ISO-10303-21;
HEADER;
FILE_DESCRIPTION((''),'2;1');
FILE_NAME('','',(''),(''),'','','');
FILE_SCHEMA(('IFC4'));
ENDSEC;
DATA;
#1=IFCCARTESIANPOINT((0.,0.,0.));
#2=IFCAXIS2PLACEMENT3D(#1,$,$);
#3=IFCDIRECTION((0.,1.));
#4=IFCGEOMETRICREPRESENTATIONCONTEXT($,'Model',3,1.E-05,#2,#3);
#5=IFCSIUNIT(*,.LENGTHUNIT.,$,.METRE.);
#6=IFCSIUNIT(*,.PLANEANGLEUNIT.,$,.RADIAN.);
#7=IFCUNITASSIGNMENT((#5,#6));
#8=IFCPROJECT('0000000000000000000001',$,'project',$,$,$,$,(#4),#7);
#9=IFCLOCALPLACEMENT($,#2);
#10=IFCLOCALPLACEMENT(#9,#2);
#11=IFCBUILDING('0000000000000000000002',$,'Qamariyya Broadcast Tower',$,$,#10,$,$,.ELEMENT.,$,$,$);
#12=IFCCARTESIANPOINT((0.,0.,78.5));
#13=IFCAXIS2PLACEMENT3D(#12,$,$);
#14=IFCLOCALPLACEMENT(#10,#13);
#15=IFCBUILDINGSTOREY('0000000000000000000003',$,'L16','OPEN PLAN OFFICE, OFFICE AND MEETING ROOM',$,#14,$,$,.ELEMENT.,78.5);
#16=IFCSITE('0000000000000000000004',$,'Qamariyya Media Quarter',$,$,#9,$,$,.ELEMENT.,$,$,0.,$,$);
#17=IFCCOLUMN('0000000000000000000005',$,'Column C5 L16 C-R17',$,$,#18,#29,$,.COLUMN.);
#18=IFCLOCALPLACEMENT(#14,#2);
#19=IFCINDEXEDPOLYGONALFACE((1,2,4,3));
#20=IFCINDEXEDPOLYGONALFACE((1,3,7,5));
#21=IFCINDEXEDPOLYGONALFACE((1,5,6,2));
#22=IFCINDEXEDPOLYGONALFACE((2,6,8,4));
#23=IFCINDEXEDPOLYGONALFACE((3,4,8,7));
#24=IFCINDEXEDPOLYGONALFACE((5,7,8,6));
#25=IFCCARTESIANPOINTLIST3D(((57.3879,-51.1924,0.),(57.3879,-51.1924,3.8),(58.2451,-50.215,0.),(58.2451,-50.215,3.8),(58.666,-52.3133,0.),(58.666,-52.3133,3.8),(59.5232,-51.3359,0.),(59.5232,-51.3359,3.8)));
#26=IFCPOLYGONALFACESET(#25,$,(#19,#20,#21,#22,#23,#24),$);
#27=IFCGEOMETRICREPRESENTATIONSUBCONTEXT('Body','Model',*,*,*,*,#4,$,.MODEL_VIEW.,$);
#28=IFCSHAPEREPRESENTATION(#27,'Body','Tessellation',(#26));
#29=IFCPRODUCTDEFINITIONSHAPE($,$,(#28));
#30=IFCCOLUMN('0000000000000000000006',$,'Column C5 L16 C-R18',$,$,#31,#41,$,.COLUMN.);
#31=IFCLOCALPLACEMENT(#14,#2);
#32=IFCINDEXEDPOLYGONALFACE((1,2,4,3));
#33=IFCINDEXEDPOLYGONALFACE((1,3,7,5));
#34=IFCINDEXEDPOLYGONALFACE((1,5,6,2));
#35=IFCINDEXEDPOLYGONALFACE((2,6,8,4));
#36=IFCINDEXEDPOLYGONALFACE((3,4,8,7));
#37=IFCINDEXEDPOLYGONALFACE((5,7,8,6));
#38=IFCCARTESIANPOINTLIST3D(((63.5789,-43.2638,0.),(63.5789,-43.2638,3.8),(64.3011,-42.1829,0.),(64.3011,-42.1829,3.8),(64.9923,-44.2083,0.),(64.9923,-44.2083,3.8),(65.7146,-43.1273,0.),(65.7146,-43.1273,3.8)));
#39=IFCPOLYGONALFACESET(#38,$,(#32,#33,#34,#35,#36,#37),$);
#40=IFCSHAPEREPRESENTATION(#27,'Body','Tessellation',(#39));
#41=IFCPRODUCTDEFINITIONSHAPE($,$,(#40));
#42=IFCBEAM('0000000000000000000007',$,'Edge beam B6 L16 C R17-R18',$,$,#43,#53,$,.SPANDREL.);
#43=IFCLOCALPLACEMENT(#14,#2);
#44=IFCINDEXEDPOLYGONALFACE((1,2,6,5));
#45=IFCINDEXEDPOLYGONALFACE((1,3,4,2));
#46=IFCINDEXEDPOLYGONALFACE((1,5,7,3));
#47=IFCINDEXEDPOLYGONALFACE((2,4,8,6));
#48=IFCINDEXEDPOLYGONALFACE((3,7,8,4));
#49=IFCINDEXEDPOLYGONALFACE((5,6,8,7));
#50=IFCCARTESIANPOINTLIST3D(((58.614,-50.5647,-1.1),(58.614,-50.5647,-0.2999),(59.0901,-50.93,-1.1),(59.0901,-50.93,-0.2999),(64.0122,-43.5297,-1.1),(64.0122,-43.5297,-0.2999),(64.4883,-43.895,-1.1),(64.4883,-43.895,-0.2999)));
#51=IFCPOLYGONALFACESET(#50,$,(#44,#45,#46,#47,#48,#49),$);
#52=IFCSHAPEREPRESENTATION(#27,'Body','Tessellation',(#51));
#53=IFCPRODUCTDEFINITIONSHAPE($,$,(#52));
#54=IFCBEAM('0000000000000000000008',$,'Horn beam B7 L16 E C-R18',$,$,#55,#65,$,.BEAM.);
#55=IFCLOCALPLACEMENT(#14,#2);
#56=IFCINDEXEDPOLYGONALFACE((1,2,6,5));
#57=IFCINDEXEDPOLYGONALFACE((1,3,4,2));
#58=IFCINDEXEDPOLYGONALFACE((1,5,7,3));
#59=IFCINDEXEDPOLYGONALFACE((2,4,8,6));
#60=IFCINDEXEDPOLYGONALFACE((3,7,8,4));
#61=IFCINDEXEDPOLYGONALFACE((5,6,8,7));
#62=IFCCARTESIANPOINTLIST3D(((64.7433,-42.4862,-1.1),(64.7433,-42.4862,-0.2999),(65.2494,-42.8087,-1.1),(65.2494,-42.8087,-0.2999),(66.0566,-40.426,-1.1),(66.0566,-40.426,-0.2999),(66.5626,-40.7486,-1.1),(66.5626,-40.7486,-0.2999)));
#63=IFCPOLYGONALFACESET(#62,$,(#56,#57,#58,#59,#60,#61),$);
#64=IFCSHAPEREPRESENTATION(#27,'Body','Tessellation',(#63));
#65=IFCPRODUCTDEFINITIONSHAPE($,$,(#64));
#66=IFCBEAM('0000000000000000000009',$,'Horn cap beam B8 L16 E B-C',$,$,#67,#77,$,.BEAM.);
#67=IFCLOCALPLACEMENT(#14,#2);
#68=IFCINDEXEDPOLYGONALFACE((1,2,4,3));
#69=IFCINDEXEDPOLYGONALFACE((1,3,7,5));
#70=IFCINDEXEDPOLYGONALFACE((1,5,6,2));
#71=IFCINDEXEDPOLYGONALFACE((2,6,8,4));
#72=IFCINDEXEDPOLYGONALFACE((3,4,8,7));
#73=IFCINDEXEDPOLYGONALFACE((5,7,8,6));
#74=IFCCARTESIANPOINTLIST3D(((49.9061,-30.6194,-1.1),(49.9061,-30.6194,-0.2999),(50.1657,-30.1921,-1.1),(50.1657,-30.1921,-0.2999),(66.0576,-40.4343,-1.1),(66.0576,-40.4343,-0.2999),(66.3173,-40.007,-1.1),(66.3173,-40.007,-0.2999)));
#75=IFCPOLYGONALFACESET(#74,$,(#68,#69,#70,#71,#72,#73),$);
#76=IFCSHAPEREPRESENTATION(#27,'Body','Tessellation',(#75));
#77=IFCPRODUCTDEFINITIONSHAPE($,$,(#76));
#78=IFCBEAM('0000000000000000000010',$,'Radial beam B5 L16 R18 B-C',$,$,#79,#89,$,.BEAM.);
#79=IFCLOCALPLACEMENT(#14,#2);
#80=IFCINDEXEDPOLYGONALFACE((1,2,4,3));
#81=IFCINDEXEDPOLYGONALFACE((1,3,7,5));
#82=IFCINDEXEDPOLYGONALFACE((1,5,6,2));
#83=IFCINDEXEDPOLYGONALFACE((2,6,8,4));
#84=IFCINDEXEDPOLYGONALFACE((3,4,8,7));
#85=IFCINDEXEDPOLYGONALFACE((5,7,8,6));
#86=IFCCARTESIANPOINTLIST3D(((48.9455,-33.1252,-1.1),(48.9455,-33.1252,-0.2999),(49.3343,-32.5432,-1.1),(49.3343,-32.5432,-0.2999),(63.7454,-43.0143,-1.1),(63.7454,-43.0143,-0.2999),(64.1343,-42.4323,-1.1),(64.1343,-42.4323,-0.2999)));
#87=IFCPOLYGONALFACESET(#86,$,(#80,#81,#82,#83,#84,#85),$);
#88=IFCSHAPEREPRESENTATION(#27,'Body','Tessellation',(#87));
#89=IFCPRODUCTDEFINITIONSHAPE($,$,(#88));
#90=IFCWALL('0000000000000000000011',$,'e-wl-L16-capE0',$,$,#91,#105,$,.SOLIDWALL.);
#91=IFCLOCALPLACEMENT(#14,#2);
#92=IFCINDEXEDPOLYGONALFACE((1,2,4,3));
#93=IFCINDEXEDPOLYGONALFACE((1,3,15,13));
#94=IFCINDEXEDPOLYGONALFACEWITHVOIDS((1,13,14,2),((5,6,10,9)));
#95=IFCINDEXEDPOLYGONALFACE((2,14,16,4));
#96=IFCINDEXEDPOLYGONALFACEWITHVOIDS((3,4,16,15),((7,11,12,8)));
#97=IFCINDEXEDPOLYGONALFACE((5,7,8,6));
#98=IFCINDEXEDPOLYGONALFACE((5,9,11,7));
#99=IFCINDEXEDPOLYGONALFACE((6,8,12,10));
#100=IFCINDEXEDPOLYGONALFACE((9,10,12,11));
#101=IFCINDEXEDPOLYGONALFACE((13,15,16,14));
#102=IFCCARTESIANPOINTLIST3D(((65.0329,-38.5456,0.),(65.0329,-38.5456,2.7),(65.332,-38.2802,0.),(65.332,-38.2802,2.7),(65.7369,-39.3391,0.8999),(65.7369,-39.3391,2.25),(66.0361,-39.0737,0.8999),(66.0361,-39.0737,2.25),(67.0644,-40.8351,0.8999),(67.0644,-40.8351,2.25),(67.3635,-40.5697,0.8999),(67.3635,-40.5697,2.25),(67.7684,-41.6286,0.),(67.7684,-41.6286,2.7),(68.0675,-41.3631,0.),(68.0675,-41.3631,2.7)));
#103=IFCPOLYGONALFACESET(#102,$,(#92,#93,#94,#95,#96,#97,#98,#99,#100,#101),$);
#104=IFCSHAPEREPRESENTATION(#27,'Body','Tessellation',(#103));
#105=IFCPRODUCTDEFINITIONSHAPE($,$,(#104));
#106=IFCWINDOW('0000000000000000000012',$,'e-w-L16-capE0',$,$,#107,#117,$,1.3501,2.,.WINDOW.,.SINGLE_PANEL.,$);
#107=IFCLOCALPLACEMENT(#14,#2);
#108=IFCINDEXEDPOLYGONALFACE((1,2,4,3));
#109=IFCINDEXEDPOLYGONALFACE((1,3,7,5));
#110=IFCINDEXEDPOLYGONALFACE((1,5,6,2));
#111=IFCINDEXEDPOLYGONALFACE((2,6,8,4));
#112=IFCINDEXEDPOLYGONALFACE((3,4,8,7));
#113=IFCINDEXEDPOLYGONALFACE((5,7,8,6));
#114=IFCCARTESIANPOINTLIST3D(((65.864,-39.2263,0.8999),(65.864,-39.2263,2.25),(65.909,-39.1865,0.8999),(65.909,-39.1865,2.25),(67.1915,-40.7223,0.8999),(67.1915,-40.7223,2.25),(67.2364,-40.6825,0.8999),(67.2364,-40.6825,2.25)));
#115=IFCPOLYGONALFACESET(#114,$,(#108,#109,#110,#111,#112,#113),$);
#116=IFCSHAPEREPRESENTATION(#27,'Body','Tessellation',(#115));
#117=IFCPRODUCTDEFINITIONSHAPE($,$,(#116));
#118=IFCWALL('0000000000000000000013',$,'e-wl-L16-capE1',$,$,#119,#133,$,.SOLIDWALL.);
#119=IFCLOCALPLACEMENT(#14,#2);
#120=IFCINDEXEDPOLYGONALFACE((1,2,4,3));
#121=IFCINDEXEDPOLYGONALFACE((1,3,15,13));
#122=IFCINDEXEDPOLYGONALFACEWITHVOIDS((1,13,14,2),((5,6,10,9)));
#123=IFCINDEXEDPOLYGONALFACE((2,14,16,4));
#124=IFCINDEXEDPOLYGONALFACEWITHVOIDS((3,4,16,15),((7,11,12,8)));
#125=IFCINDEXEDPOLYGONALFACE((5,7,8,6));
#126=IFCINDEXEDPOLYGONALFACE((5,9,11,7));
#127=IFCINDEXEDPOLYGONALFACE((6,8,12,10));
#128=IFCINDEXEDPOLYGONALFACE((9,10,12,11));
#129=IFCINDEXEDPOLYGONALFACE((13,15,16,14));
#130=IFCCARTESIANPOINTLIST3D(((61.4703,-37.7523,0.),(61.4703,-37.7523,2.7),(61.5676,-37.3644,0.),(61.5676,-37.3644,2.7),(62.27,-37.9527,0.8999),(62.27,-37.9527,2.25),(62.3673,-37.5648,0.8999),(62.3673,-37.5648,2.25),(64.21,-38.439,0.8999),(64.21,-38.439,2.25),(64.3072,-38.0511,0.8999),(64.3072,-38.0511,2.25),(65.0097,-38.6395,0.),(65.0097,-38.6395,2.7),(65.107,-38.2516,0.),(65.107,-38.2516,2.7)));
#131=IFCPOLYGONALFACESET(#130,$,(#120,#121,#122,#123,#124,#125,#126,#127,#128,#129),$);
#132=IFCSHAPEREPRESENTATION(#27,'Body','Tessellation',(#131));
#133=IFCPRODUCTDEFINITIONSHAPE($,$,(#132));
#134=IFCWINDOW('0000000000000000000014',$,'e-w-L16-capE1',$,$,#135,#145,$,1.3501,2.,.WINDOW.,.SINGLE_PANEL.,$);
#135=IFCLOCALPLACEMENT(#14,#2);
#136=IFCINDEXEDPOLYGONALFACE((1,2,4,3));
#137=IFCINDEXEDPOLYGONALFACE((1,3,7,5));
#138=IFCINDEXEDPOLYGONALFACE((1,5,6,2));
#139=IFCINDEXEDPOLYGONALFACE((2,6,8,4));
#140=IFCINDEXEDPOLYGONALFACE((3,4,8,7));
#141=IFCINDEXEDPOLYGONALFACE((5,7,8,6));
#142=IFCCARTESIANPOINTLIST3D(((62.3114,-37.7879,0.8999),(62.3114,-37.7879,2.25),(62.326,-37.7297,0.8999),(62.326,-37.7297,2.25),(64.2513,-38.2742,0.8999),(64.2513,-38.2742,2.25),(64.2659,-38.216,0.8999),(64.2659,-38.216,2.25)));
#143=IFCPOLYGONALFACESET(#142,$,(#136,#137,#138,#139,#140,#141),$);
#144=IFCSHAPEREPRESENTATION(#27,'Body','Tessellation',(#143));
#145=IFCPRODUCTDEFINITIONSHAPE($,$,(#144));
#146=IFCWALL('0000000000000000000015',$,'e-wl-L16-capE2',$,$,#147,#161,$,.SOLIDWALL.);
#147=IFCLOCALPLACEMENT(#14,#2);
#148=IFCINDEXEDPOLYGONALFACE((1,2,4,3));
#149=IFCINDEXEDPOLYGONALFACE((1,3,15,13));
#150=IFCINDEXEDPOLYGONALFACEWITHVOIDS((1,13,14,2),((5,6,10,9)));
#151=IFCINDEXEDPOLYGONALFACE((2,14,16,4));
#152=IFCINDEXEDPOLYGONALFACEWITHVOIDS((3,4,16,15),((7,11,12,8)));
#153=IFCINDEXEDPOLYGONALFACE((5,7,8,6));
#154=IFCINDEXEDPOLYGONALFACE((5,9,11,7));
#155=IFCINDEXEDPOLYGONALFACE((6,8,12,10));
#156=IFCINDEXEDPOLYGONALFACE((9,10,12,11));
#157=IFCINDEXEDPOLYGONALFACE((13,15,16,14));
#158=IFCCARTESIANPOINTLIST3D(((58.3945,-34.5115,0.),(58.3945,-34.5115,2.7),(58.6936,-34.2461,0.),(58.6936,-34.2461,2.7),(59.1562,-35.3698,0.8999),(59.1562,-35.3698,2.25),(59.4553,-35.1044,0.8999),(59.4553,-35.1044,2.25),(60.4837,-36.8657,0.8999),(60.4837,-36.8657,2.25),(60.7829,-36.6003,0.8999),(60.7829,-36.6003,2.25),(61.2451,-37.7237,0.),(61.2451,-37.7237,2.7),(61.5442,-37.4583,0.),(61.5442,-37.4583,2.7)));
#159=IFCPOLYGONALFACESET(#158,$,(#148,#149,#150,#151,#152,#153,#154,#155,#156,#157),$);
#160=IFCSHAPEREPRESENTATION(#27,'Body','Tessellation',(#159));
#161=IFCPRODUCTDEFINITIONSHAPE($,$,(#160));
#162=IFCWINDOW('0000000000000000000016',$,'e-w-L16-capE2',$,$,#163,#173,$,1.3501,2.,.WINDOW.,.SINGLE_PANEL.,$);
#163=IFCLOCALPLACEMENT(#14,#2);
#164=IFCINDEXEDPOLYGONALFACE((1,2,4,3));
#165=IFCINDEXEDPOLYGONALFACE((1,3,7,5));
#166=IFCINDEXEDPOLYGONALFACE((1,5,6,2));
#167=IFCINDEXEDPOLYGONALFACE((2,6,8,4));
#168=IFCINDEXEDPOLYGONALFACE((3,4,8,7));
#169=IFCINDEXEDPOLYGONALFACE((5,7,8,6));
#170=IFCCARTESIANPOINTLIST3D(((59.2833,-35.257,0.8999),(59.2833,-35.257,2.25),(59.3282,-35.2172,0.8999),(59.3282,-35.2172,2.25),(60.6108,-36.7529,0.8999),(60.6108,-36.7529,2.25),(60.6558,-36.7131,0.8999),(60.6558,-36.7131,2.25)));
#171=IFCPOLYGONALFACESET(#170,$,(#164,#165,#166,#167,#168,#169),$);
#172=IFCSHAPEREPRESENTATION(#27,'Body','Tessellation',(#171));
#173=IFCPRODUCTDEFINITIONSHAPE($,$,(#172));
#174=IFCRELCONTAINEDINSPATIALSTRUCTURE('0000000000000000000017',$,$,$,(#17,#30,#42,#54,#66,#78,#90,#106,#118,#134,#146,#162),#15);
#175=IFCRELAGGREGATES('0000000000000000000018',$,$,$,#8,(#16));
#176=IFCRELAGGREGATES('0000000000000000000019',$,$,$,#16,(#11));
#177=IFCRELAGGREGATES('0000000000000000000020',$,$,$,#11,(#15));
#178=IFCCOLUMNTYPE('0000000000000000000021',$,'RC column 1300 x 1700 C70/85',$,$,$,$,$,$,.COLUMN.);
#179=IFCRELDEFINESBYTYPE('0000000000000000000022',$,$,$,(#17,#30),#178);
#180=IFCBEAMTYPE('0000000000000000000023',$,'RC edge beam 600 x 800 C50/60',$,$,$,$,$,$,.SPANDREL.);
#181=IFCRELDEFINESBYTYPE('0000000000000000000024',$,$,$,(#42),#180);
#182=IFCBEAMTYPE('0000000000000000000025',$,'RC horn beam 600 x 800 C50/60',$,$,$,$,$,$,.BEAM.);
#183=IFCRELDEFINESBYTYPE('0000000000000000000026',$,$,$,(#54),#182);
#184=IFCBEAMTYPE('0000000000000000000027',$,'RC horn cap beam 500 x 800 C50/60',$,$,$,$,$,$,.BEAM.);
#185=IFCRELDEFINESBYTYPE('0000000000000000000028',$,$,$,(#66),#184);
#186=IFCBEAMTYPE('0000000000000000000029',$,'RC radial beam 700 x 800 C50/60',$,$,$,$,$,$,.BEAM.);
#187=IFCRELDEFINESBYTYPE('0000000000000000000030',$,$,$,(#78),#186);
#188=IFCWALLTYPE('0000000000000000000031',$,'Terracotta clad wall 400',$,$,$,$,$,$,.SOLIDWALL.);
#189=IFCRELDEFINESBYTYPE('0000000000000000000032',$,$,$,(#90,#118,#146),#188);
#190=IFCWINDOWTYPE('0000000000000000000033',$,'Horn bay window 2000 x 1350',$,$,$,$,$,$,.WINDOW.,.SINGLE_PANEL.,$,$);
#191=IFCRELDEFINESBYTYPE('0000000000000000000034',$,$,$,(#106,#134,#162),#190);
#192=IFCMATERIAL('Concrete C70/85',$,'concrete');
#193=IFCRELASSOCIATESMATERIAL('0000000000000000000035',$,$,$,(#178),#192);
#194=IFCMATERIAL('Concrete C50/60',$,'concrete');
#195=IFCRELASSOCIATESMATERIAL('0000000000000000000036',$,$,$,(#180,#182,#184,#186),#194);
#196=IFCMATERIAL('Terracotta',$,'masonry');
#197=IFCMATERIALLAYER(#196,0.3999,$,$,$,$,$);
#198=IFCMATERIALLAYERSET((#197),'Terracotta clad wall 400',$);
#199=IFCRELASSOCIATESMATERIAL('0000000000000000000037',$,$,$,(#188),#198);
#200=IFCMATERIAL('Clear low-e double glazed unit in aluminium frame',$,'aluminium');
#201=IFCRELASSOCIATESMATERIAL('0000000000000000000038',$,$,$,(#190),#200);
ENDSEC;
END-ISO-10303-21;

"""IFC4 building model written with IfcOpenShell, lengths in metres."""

from ifc_helpers import new_model, si_unit, direction, frame, frame_2d, origin, origin_2d, place, context, subcontext, project, spatial, rectangle, extrude, material, layer, layer_set, material_profile, profile_set, type_object, element, fill, save


model = new_model("IFC4")

# Units and contexts
model_context = context("Model", 3, precision=1e-05, world=origin(), true_north=direction((0.0, 1.0)))
body_context = subcontext(model_context, "Body", "Model", "MODEL_VIEW")
ifc_project = project(units=[si_unit("LENGTHUNIT", "METRE"), si_unit("PLANEANGLEUNIT", "RADIAN")], contexts=[model_context])

# Site, building, storey
site_placement = place(None, origin())
site = spatial("IfcSite", under=ifc_project, at=site_placement, Name="Qamariyya Media Quarter", CompositionType="ELEMENT", RefElevation=0.0)
building_placement = place(site_placement, origin())
building = spatial("IfcBuilding", under=site, at=building_placement, Name="Qamariyya Broadcast Tower", CompositionType="ELEMENT")
storey_placement = place(building_placement, frame((0.0, 0.0, 78.5)))
storey = spatial("IfcBuildingStorey", under=building, at=storey_placement, Name="L16", Description="OPEN PLAN OFFICE, OFFICE AND MEETING ROOM", CompositionType="ELEMENT", Elevation=78.5)

# Columns
ifc_material_1 = material(Name="Concrete C70/85", Category="concrete")
ifc_material_profile_1 = material_profile(ifc_material_1, rectangle(XDim=1.3, YDim=1.7, at=origin_2d()))
ifc_profile_set_1 = profile_set([ifc_material_profile_1], Name="Concrete C70/85")
column_type = type_object("IfcColumnType", Name="RC column 1300 x 1700 C70/85", PredefinedType="COLUMN", material=ifc_profile_set_1)
for number, where, z_axis, x_axis, name in (
    (1, (58.4556, -51.2642, 0.0), (0.0, 0.0, 1.0), (0.659346, 0.75184, 0.0), "Column C5 L16 C-R17"),
    (2, (64.6467, -43.1956, 0.0), (0.0, 0.0, 1.0), (0.55557, 0.83147, 0.0), "Column C5 L16 C-R18"),
):
    element("IfcColumn", number, at=place(storey_placement, frame(where, z_axis=z_axis, x_axis=x_axis)), inside=storey, type_object=column_type, Name=name, PredefinedType="COLUMN", context=body_context, shape_type="SweptSolid", body=[
        extrude(rectangle(XDim=1.3, YDim=1.7, at=origin_2d()), origin(), (0.0, 0.0, 1.0), 3.8),
    ])

# Beams
ifc_material_2 = material(Name="Concrete C50/60", Category="concrete")
ifc_material_profile_2 = material_profile(ifc_material_2, rectangle(XDim=0.6001, YDim=0.8, at=origin_2d()))
ifc_profile_set_2 = profile_set([ifc_material_profile_2], Name="Concrete C50/60")
beam_type_1 = type_object("IfcBeamType", Name="RC edge beam 600 x 800 C50/60", PredefinedType="SPANDREL", material=ifc_profile_set_2)
beam_1_placement = place(storey_placement, frame((58.8521, -50.7473, -0.7), z_axis=(0.60877, 0.793347, 0.0), x_axis=(-0.793347, 0.60877, 0.0)))
element("IfcBeam", 3, at=beam_1_placement, inside=storey, type_object=beam_type_1, Name="Edge beam B6 L16 C R17-R18", PredefinedType="SPANDREL", context=body_context, shape_type="SweptSolid", body=[
    extrude(rectangle(XDim=0.6001, YDim=0.8, at=origin_2d()), origin(), (0.0, 0.0, 1.0), 8.8674),
])
ifc_material_profile_3 = material_profile(ifc_material_2, rectangle(XDim=0.6001, YDim=0.8, at=origin_2d()))
ifc_profile_set_3 = profile_set([ifc_material_profile_3], Name="Concrete C50/60")
beam_type_2 = type_object("IfcBeamType", Name="RC horn beam 600 x 800 C50/60", PredefinedType="BEAM", material=ifc_profile_set_3)
beam_2_placement = place(storey_placement, frame((64.9963, -42.6475, -0.7), z_axis=(0.537541, 0.843237, 0.0), x_axis=(-0.843237, 0.537541, 0.0)))
element("IfcBeam", 4, at=beam_2_placement, inside=storey, type_object=beam_type_2, Name="Horn beam B7 L16 E C-R18", PredefinedType="BEAM", context=body_context, shape_type="SweptSolid", body=[
    extrude(rectangle(XDim=0.6001, YDim=0.8, at=origin_2d()), origin(), (0.0, 0.0, 1.0), 2.4431),
])
ifc_material_profile_4 = material_profile(ifc_material_2, rectangle(XDim=0.5, YDim=0.8, at=origin_2d()))
ifc_profile_set_4 = profile_set([ifc_material_profile_4], Name="Concrete C50/60")
beam_type_3 = type_object("IfcBeamType", Name="RC horn cap beam 500 x 800 C50/60", PredefinedType="BEAM", material=ifc_profile_set_4)
beam_3_placement = place(storey_placement, frame((50.0359, -30.4058, -0.7), z_axis=(0.854585, -0.519311, 0.0), x_axis=(0.519311, 0.854585, 0.0)))
element("IfcBeam", 5, at=beam_3_placement, inside=storey, type_object=beam_type_3, Name="Horn cap beam B8 L16 E B-C", PredefinedType="BEAM", context=body_context, shape_type="SweptSolid", body=[
    extrude(rectangle(XDim=0.5, YDim=0.8, at=origin_2d()), origin(), (0.0, 0.0, 1.0), 18.8999),
])
ifc_material_profile_5 = material_profile(ifc_material_2, rectangle(XDim=0.7, YDim=0.8, at=origin_2d()))
ifc_profile_set_5 = profile_set([ifc_material_profile_5], Name="Concrete C50/60")
beam_type_4 = type_object("IfcBeamType", Name="RC radial beam 700 x 800 C50/60", PredefinedType="BEAM", material=ifc_profile_set_5)
beam_4_placement = place(storey_placement, frame((49.1399, -32.8342, -0.7), z_axis=(0.831467, -0.555573, 0.0), x_axis=(0.555573, 0.831467, 0.0)))
element("IfcBeam", 6, at=beam_4_placement, inside=storey, type_object=beam_type_4, Name="Radial beam B5 L16 R18 B-C", PredefinedType="BEAM", context=body_context, shape_type="SweptSolid", body=[
    extrude(rectangle(XDim=0.7, YDim=0.8, at=origin_2d()), origin(), (0.0, 0.0, 1.0), 17.7998),
])

# Walls, openings, windows
ifc_material_3 = material(Name="Terracotta", Category="masonry")
ifc_layer = layer(ifc_material_3, 0.3999)
ifc_layer_set = layer_set([ifc_layer], Name="Terracotta clad wall 400")
wall_type = type_object("IfcWallType", Name="Terracotta clad wall 400", PredefinedType="SOLIDWALL", material=ifc_layer_set)
wall_1_placement = place(storey_placement, frame((67.918, -41.4958, 0.0), z_axis=(0.0, 0.0, 1.0), x_axis=(-0.663705, 0.747994, 0.0)))
wall_1 = element("IfcWall", 7, at=wall_1_placement, inside=storey, type_object=wall_type, Name="e-wl-L16-capE0", PredefinedType="SOLIDWALL", context=body_context, shape_type="SweptSolid", body=[
    extrude(rectangle(XDim=4.1216, YDim=0.3999, at=frame_2d((2.0608, 0.0))), origin(), (0.0, 0.0, 1.0), 2.7),
])
opening_1_placement = place(wall_1_placement, frame((1.0608, 0.0, 0.8999)))
opening_1 = element("IfcOpeningElement", 8, at=opening_1_placement, cuts=wall_1, PredefinedType="OPENING", context=body_context, shape_type="SweptSolid", body=[
    extrude(rectangle(XDim=2.0, YDim=1.3501, at=frame_2d((1.0, 0.675))), frame((0.0, 0.21, 0.0), z_axis=(0.0, -1.0, 0.0), x_axis=(1.0, 0.0, 0.0)), (0.0, 0.0, 1.0), 0.4199),
])
ifc_material_4 = material(Name="Clear low-e double glazed unit in aluminium frame", Category="aluminium")
window_type = type_object("IfcWindowType", Name="Horn bay window 2000 x 1350", PartitioningType="SINGLE_PANEL", PredefinedType="WINDOW", material=ifc_material_4)
window_1_placement = place(opening_1_placement, origin())
window_1 = element("IfcWindow", 9, at=window_1_placement, inside=storey, type_object=window_type, Name="e-w-L16-capE0", OverallHeight=1.3501, OverallWidth=2.0, PartitioningType="SINGLE_PANEL", PredefinedType="WINDOW", context=body_context, shape_type="SweptSolid", body=[
    extrude(rectangle(XDim=2.0, YDim=1.3501, at=frame_2d((1.0, 0.675))), frame((0.0, 0.03, 0.0), z_axis=(0.0, -1.0, 0.0), x_axis=(1.0, 0.0, 0.0)), (0.0, 0.0, 1.0), 0.0601),
])
fill(opening_1, window_1)
wall_2_placement = place(storey_placement, frame((65.0583, -38.4456, 0.0), z_axis=(0.0, 0.0, 1.0), x_axis=(-0.969989, 0.24315, 0.0)))
wall_2 = element("IfcWall", 10, at=wall_2_placement, inside=storey, type_object=wall_type, Name="e-wl-L16-capE1", PredefinedType="SOLIDWALL", context=body_context, shape_type="SweptSolid", body=[
    extrude(rectangle(XDim=3.6489, YDim=0.3999, at=frame_2d((1.8245, 0.0))), origin(), (0.0, 0.0, 1.0), 2.7),
])
opening_2_placement = place(wall_2_placement, frame((0.8245, 0.0, 0.8999)))
opening_2 = element("IfcOpeningElement", 11, at=opening_2_placement, cuts=wall_2, PredefinedType="OPENING", context=body_context, shape_type="SweptSolid", body=[
    extrude(rectangle(XDim=2.0, YDim=1.3501, at=frame_2d((1.0, 0.675))), frame((0.0, 0.21, 0.0), z_axis=(0.0, -1.0, 0.0), x_axis=(1.0, 0.0, 0.0)), (0.0, 0.0, 1.0), 0.4199),
])
window_2_placement = place(opening_2_placement, origin())
window_2 = element("IfcWindow", 12, at=window_2_placement, inside=storey, type_object=window_type, Name="e-w-L16-capE1", OverallHeight=1.3501, OverallWidth=2.0, PartitioningType="SINGLE_PANEL", PredefinedType="WINDOW", context=body_context, shape_type="SweptSolid", body=[
    extrude(rectangle(XDim=2.0, YDim=1.3501, at=frame_2d((1.0, 0.675))), frame((0.0, 0.03, 0.0), z_axis=(0.0, -1.0, 0.0), x_axis=(1.0, 0.0, 0.0)), (0.0, 0.0, 1.0), 0.0601),
])
fill(opening_2, window_2)
wall_3_placement = place(storey_placement, frame((61.3948, -37.5911, 0.0), z_axis=(0.0, 0.0, 1.0), x_axis=(-0.663757, 0.747949, 0.0)))
wall_3 = element("IfcWall", 13, at=wall_3_placement, inside=storey, type_object=wall_type, Name="e-wl-L16-capE2", PredefinedType="SOLIDWALL", context=body_context, shape_type="SweptSolid", body=[
    extrude(rectangle(XDim=4.2947, YDim=0.3999, at=frame_2d((2.1475, 0.0))), origin(), (0.0, 0.0, 1.0), 2.7),
])
opening_3_placement = place(wall_3_placement, frame((1.1472, 0.0, 0.8999)))
opening_3 = element("IfcOpeningElement", 14, at=opening_3_placement, cuts=wall_3, PredefinedType="OPENING", context=body_context, shape_type="SweptSolid", body=[
    extrude(rectangle(XDim=2.0, YDim=1.3501, at=frame_2d((1.0, 0.675))), frame((0.0, 0.21, 0.0), z_axis=(0.0, -1.0, 0.0), x_axis=(1.0, 0.0, 0.0)), (0.0, 0.0, 1.0), 0.4199),
])
window_3_placement = place(opening_3_placement, origin())
window_3 = element("IfcWindow", 15, at=window_3_placement, inside=storey, type_object=window_type, Name="e-w-L16-capE2", OverallHeight=1.3501, OverallWidth=2.0, PartitioningType="SINGLE_PANEL", PredefinedType="WINDOW", context=body_context, shape_type="SweptSolid", body=[
    extrude(rectangle(XDim=2.0, YDim=1.3501, at=frame_2d((1.0, 0.675))), frame((0.0, 0.03, 0.0), z_axis=(0.0, -1.0, 0.0), x_axis=(1.0, 0.0, 0.0)), (0.0, 0.0, 1.0), 0.0601),
])
fill(opening_3, window_3)

save(model, "model.ifc")
